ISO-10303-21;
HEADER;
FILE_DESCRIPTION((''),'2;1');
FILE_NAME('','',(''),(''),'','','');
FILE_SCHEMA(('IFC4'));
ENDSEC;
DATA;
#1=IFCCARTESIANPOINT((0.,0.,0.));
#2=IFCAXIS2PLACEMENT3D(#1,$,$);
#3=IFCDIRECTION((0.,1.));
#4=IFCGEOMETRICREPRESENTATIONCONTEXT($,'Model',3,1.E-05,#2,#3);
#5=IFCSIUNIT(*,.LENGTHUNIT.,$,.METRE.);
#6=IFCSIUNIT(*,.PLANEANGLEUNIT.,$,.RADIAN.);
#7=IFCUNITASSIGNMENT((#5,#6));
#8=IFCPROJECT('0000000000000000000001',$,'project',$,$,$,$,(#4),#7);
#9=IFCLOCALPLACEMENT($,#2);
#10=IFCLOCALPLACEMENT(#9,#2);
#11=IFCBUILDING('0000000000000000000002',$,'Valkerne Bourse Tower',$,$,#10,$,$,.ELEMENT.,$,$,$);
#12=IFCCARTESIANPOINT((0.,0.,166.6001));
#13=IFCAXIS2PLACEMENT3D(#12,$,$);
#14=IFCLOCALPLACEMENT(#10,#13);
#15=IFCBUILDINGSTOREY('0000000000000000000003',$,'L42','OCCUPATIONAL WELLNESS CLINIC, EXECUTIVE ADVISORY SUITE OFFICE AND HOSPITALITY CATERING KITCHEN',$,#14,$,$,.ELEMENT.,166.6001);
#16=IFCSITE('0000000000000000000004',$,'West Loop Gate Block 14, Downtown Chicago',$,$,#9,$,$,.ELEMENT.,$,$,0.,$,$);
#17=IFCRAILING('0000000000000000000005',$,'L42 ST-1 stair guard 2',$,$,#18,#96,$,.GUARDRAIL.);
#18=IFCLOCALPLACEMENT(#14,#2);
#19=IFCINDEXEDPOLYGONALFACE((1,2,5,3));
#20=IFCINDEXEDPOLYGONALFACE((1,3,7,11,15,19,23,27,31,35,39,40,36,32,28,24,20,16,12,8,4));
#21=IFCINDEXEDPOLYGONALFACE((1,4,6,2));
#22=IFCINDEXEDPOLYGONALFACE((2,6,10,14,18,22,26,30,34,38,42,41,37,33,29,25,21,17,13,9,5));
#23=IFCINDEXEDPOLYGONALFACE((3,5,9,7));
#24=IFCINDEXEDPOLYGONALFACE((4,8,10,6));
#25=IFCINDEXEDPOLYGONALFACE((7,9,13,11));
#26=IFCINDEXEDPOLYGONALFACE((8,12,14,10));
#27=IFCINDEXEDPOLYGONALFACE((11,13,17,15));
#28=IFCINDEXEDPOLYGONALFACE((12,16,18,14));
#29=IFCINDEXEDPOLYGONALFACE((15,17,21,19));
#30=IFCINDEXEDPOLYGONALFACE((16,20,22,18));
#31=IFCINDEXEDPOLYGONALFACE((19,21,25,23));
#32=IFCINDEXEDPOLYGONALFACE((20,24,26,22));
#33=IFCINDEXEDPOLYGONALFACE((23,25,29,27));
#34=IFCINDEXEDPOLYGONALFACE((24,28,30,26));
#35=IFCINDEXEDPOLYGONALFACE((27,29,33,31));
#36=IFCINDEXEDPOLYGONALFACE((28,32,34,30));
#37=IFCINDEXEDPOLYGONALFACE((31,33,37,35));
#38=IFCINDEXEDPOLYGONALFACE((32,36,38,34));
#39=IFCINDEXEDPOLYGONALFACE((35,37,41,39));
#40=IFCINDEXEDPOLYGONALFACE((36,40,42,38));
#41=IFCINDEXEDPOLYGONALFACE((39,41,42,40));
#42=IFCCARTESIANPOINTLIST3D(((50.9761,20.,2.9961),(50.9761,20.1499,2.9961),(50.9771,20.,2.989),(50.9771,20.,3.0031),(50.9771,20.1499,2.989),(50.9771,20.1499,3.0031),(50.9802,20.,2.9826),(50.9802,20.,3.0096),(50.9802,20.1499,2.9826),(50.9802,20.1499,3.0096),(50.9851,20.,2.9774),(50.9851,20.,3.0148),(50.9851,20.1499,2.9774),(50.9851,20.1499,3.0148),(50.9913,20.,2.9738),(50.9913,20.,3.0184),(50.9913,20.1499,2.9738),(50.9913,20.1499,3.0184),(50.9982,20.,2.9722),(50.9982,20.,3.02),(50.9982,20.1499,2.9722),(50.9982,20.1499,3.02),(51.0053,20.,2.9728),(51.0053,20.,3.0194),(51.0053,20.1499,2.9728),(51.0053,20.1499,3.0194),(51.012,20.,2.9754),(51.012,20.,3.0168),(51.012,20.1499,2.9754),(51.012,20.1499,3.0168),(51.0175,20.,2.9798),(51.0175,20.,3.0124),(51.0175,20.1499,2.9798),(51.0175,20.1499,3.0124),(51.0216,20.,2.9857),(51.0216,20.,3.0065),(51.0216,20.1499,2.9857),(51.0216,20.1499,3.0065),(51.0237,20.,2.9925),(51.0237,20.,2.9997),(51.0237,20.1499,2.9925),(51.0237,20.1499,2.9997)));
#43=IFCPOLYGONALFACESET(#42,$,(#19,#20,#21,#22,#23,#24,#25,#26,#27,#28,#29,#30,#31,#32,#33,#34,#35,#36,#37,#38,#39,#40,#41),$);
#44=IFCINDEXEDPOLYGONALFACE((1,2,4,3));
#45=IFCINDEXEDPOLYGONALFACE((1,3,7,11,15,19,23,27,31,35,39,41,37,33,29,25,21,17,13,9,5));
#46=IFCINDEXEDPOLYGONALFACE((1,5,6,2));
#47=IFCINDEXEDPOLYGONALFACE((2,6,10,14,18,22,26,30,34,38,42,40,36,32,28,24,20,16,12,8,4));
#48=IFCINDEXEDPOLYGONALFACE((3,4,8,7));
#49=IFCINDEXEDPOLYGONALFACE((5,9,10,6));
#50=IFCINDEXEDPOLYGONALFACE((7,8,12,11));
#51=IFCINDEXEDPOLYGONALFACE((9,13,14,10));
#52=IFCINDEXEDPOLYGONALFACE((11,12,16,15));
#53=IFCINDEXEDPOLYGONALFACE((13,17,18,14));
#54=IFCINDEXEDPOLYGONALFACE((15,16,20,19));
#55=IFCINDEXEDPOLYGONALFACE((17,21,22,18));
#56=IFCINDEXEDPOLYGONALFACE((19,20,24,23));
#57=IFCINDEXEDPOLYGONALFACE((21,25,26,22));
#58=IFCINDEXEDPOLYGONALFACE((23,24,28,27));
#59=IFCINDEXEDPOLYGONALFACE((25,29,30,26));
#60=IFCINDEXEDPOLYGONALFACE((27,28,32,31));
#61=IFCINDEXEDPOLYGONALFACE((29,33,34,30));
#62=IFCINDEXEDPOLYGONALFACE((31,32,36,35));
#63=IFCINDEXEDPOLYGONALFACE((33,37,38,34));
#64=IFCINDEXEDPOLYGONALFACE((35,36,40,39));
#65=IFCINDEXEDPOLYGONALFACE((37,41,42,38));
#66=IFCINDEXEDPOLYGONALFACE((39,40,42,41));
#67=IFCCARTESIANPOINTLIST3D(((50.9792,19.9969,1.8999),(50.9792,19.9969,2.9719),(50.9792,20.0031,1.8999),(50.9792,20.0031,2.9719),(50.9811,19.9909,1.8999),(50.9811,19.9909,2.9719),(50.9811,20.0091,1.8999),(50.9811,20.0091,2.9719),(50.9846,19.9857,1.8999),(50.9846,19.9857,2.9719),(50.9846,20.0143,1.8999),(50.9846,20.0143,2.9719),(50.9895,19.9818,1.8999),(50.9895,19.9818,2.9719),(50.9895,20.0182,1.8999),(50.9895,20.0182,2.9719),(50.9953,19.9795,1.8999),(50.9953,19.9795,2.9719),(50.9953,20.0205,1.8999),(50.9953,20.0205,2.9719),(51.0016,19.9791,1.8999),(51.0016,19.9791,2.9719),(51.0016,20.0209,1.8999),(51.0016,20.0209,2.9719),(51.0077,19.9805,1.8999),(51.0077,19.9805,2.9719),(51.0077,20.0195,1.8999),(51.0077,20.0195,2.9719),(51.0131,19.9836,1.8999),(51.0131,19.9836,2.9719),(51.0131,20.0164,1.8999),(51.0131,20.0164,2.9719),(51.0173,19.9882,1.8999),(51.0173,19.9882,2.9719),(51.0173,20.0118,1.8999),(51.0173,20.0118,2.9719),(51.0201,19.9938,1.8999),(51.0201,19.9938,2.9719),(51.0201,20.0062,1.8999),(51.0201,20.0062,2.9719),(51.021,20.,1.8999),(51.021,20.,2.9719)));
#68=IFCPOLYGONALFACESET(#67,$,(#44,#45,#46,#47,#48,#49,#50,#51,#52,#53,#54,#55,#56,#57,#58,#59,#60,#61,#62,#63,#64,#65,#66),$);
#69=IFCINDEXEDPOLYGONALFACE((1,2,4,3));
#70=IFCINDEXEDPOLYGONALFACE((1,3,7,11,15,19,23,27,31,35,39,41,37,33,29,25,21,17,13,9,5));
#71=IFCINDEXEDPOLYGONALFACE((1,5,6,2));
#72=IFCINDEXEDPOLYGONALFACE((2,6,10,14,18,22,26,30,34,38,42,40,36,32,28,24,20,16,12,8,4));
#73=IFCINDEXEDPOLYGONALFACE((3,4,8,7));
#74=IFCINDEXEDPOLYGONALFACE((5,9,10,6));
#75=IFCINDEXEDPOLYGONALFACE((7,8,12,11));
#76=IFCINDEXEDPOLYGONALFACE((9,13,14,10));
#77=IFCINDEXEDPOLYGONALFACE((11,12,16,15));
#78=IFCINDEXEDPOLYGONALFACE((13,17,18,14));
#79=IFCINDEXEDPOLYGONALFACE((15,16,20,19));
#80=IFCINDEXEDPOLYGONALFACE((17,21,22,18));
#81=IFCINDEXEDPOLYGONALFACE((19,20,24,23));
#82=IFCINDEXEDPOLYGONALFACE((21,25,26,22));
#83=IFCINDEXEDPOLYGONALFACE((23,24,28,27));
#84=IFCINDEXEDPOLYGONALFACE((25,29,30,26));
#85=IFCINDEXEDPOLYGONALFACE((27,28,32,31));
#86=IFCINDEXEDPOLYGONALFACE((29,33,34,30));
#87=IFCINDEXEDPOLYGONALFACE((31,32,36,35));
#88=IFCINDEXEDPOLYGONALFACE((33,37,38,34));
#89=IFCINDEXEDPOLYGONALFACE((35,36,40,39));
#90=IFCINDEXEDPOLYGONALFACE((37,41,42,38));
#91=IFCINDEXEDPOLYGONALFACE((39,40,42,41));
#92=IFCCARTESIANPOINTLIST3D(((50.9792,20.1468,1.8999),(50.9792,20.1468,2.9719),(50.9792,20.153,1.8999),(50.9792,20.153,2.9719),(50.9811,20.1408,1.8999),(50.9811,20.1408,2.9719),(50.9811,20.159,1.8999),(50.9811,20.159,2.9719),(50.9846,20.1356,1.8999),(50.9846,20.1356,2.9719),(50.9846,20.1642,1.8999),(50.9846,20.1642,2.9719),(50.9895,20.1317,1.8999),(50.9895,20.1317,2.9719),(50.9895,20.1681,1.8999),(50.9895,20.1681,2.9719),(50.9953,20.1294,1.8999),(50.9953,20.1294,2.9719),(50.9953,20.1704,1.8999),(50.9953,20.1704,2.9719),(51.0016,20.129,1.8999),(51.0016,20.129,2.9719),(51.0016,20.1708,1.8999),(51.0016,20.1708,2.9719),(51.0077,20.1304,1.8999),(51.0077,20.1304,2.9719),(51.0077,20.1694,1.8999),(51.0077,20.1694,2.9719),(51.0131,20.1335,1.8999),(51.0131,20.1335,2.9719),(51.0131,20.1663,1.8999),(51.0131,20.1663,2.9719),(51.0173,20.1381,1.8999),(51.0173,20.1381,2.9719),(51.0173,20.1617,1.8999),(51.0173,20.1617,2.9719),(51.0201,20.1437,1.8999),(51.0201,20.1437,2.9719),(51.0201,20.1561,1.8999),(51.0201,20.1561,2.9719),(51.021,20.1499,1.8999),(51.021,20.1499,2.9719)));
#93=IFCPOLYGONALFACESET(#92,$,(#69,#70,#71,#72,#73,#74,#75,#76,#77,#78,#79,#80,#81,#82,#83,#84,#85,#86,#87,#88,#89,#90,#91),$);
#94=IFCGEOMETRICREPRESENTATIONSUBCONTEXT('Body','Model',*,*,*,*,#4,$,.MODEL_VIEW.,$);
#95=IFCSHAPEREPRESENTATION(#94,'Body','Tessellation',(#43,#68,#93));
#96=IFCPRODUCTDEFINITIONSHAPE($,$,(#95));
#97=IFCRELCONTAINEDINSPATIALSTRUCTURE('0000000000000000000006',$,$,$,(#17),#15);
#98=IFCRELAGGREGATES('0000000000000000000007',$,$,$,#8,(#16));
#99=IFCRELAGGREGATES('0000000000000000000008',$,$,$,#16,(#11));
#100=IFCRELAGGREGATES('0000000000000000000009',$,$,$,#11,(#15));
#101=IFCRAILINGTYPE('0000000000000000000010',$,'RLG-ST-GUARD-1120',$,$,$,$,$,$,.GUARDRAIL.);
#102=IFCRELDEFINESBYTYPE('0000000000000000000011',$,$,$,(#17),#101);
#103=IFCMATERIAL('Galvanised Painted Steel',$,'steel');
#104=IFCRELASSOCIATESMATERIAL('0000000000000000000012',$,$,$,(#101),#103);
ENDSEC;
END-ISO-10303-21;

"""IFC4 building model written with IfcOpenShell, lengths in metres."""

from ifc_helpers import new_model, si_unit, direction, frame, origin, origin_2d, place, context, subcontext, project, spatial, circle, extrude, material, type_object, element, save


model = new_model("IFC4")

# Units and contexts
model_context = context("Model", 3, precision=1e-05, world=origin(), true_north=direction((0.0, 1.0)))
body_context = subcontext(model_context, "Body", "Model", "MODEL_VIEW")
ifc_project = project(units=[si_unit("LENGTHUNIT", "METRE"), si_unit("PLANEANGLEUNIT", "RADIAN")], contexts=[model_context])

# Site, building, storey
site_placement = place(None, origin())
site = spatial("IfcSite", under=ifc_project, at=site_placement, Name="West Loop Gate Block 14, Downtown Chicago", CompositionType="ELEMENT", RefElevation=0.0)
building_placement = place(site_placement, origin())
building = spatial("IfcBuilding", under=site, at=building_placement, Name="Valkerne Bourse Tower", CompositionType="ELEMENT")
storey_placement = place(building_placement, frame((0.0, 0.0, 166.6001)))
storey = spatial("IfcBuildingStorey", under=building, at=storey_placement, Name="L42", Description="OCCUPATIONAL WELLNESS CLINIC, EXECUTIVE ADVISORY SUITE OFFICE AND HOSPITALITY CATERING KITCHEN", CompositionType="ELEMENT", Elevation=166.6001)

# Railing
ifc_material_1 = material(Name="Galvanised Painted Steel", Category="steel")
railing_type = type_object("IfcRailingType", Name="RLG-ST-GUARD-1120", PredefinedType="GUARDRAIL", material=ifc_material_1)
railing_1_placement = place(storey_placement, frame((51.0, 20.0, 1.8999)))
element("IfcRailing", 1, at=railing_1_placement, inside=storey, type_object=railing_type, Name="L42 ST-1 stair guard 2", PredefinedType="GUARDRAIL", context=body_context, shape_type="SweptSolid", body=[
    extrude(circle(Radius=0.0239, at=origin_2d()), frame((0.0, 0.0, 1.0962), z_axis=(0.0, 1.0, 0.0), x_axis=(-1.0, 0.0, 0.0)), (0.0, 0.0, 1.0), 0.1499),
    extrude(circle(Radius=0.021, at=origin_2d()), origin(), (0.0, 0.0, 1.0), 1.072),
    extrude(circle(Radius=0.021, at=origin_2d()), frame((0.0, 0.1499, 0.0)), (0.0, 0.0, 1.0), 1.072),
])

save(model, "model.ifc")
